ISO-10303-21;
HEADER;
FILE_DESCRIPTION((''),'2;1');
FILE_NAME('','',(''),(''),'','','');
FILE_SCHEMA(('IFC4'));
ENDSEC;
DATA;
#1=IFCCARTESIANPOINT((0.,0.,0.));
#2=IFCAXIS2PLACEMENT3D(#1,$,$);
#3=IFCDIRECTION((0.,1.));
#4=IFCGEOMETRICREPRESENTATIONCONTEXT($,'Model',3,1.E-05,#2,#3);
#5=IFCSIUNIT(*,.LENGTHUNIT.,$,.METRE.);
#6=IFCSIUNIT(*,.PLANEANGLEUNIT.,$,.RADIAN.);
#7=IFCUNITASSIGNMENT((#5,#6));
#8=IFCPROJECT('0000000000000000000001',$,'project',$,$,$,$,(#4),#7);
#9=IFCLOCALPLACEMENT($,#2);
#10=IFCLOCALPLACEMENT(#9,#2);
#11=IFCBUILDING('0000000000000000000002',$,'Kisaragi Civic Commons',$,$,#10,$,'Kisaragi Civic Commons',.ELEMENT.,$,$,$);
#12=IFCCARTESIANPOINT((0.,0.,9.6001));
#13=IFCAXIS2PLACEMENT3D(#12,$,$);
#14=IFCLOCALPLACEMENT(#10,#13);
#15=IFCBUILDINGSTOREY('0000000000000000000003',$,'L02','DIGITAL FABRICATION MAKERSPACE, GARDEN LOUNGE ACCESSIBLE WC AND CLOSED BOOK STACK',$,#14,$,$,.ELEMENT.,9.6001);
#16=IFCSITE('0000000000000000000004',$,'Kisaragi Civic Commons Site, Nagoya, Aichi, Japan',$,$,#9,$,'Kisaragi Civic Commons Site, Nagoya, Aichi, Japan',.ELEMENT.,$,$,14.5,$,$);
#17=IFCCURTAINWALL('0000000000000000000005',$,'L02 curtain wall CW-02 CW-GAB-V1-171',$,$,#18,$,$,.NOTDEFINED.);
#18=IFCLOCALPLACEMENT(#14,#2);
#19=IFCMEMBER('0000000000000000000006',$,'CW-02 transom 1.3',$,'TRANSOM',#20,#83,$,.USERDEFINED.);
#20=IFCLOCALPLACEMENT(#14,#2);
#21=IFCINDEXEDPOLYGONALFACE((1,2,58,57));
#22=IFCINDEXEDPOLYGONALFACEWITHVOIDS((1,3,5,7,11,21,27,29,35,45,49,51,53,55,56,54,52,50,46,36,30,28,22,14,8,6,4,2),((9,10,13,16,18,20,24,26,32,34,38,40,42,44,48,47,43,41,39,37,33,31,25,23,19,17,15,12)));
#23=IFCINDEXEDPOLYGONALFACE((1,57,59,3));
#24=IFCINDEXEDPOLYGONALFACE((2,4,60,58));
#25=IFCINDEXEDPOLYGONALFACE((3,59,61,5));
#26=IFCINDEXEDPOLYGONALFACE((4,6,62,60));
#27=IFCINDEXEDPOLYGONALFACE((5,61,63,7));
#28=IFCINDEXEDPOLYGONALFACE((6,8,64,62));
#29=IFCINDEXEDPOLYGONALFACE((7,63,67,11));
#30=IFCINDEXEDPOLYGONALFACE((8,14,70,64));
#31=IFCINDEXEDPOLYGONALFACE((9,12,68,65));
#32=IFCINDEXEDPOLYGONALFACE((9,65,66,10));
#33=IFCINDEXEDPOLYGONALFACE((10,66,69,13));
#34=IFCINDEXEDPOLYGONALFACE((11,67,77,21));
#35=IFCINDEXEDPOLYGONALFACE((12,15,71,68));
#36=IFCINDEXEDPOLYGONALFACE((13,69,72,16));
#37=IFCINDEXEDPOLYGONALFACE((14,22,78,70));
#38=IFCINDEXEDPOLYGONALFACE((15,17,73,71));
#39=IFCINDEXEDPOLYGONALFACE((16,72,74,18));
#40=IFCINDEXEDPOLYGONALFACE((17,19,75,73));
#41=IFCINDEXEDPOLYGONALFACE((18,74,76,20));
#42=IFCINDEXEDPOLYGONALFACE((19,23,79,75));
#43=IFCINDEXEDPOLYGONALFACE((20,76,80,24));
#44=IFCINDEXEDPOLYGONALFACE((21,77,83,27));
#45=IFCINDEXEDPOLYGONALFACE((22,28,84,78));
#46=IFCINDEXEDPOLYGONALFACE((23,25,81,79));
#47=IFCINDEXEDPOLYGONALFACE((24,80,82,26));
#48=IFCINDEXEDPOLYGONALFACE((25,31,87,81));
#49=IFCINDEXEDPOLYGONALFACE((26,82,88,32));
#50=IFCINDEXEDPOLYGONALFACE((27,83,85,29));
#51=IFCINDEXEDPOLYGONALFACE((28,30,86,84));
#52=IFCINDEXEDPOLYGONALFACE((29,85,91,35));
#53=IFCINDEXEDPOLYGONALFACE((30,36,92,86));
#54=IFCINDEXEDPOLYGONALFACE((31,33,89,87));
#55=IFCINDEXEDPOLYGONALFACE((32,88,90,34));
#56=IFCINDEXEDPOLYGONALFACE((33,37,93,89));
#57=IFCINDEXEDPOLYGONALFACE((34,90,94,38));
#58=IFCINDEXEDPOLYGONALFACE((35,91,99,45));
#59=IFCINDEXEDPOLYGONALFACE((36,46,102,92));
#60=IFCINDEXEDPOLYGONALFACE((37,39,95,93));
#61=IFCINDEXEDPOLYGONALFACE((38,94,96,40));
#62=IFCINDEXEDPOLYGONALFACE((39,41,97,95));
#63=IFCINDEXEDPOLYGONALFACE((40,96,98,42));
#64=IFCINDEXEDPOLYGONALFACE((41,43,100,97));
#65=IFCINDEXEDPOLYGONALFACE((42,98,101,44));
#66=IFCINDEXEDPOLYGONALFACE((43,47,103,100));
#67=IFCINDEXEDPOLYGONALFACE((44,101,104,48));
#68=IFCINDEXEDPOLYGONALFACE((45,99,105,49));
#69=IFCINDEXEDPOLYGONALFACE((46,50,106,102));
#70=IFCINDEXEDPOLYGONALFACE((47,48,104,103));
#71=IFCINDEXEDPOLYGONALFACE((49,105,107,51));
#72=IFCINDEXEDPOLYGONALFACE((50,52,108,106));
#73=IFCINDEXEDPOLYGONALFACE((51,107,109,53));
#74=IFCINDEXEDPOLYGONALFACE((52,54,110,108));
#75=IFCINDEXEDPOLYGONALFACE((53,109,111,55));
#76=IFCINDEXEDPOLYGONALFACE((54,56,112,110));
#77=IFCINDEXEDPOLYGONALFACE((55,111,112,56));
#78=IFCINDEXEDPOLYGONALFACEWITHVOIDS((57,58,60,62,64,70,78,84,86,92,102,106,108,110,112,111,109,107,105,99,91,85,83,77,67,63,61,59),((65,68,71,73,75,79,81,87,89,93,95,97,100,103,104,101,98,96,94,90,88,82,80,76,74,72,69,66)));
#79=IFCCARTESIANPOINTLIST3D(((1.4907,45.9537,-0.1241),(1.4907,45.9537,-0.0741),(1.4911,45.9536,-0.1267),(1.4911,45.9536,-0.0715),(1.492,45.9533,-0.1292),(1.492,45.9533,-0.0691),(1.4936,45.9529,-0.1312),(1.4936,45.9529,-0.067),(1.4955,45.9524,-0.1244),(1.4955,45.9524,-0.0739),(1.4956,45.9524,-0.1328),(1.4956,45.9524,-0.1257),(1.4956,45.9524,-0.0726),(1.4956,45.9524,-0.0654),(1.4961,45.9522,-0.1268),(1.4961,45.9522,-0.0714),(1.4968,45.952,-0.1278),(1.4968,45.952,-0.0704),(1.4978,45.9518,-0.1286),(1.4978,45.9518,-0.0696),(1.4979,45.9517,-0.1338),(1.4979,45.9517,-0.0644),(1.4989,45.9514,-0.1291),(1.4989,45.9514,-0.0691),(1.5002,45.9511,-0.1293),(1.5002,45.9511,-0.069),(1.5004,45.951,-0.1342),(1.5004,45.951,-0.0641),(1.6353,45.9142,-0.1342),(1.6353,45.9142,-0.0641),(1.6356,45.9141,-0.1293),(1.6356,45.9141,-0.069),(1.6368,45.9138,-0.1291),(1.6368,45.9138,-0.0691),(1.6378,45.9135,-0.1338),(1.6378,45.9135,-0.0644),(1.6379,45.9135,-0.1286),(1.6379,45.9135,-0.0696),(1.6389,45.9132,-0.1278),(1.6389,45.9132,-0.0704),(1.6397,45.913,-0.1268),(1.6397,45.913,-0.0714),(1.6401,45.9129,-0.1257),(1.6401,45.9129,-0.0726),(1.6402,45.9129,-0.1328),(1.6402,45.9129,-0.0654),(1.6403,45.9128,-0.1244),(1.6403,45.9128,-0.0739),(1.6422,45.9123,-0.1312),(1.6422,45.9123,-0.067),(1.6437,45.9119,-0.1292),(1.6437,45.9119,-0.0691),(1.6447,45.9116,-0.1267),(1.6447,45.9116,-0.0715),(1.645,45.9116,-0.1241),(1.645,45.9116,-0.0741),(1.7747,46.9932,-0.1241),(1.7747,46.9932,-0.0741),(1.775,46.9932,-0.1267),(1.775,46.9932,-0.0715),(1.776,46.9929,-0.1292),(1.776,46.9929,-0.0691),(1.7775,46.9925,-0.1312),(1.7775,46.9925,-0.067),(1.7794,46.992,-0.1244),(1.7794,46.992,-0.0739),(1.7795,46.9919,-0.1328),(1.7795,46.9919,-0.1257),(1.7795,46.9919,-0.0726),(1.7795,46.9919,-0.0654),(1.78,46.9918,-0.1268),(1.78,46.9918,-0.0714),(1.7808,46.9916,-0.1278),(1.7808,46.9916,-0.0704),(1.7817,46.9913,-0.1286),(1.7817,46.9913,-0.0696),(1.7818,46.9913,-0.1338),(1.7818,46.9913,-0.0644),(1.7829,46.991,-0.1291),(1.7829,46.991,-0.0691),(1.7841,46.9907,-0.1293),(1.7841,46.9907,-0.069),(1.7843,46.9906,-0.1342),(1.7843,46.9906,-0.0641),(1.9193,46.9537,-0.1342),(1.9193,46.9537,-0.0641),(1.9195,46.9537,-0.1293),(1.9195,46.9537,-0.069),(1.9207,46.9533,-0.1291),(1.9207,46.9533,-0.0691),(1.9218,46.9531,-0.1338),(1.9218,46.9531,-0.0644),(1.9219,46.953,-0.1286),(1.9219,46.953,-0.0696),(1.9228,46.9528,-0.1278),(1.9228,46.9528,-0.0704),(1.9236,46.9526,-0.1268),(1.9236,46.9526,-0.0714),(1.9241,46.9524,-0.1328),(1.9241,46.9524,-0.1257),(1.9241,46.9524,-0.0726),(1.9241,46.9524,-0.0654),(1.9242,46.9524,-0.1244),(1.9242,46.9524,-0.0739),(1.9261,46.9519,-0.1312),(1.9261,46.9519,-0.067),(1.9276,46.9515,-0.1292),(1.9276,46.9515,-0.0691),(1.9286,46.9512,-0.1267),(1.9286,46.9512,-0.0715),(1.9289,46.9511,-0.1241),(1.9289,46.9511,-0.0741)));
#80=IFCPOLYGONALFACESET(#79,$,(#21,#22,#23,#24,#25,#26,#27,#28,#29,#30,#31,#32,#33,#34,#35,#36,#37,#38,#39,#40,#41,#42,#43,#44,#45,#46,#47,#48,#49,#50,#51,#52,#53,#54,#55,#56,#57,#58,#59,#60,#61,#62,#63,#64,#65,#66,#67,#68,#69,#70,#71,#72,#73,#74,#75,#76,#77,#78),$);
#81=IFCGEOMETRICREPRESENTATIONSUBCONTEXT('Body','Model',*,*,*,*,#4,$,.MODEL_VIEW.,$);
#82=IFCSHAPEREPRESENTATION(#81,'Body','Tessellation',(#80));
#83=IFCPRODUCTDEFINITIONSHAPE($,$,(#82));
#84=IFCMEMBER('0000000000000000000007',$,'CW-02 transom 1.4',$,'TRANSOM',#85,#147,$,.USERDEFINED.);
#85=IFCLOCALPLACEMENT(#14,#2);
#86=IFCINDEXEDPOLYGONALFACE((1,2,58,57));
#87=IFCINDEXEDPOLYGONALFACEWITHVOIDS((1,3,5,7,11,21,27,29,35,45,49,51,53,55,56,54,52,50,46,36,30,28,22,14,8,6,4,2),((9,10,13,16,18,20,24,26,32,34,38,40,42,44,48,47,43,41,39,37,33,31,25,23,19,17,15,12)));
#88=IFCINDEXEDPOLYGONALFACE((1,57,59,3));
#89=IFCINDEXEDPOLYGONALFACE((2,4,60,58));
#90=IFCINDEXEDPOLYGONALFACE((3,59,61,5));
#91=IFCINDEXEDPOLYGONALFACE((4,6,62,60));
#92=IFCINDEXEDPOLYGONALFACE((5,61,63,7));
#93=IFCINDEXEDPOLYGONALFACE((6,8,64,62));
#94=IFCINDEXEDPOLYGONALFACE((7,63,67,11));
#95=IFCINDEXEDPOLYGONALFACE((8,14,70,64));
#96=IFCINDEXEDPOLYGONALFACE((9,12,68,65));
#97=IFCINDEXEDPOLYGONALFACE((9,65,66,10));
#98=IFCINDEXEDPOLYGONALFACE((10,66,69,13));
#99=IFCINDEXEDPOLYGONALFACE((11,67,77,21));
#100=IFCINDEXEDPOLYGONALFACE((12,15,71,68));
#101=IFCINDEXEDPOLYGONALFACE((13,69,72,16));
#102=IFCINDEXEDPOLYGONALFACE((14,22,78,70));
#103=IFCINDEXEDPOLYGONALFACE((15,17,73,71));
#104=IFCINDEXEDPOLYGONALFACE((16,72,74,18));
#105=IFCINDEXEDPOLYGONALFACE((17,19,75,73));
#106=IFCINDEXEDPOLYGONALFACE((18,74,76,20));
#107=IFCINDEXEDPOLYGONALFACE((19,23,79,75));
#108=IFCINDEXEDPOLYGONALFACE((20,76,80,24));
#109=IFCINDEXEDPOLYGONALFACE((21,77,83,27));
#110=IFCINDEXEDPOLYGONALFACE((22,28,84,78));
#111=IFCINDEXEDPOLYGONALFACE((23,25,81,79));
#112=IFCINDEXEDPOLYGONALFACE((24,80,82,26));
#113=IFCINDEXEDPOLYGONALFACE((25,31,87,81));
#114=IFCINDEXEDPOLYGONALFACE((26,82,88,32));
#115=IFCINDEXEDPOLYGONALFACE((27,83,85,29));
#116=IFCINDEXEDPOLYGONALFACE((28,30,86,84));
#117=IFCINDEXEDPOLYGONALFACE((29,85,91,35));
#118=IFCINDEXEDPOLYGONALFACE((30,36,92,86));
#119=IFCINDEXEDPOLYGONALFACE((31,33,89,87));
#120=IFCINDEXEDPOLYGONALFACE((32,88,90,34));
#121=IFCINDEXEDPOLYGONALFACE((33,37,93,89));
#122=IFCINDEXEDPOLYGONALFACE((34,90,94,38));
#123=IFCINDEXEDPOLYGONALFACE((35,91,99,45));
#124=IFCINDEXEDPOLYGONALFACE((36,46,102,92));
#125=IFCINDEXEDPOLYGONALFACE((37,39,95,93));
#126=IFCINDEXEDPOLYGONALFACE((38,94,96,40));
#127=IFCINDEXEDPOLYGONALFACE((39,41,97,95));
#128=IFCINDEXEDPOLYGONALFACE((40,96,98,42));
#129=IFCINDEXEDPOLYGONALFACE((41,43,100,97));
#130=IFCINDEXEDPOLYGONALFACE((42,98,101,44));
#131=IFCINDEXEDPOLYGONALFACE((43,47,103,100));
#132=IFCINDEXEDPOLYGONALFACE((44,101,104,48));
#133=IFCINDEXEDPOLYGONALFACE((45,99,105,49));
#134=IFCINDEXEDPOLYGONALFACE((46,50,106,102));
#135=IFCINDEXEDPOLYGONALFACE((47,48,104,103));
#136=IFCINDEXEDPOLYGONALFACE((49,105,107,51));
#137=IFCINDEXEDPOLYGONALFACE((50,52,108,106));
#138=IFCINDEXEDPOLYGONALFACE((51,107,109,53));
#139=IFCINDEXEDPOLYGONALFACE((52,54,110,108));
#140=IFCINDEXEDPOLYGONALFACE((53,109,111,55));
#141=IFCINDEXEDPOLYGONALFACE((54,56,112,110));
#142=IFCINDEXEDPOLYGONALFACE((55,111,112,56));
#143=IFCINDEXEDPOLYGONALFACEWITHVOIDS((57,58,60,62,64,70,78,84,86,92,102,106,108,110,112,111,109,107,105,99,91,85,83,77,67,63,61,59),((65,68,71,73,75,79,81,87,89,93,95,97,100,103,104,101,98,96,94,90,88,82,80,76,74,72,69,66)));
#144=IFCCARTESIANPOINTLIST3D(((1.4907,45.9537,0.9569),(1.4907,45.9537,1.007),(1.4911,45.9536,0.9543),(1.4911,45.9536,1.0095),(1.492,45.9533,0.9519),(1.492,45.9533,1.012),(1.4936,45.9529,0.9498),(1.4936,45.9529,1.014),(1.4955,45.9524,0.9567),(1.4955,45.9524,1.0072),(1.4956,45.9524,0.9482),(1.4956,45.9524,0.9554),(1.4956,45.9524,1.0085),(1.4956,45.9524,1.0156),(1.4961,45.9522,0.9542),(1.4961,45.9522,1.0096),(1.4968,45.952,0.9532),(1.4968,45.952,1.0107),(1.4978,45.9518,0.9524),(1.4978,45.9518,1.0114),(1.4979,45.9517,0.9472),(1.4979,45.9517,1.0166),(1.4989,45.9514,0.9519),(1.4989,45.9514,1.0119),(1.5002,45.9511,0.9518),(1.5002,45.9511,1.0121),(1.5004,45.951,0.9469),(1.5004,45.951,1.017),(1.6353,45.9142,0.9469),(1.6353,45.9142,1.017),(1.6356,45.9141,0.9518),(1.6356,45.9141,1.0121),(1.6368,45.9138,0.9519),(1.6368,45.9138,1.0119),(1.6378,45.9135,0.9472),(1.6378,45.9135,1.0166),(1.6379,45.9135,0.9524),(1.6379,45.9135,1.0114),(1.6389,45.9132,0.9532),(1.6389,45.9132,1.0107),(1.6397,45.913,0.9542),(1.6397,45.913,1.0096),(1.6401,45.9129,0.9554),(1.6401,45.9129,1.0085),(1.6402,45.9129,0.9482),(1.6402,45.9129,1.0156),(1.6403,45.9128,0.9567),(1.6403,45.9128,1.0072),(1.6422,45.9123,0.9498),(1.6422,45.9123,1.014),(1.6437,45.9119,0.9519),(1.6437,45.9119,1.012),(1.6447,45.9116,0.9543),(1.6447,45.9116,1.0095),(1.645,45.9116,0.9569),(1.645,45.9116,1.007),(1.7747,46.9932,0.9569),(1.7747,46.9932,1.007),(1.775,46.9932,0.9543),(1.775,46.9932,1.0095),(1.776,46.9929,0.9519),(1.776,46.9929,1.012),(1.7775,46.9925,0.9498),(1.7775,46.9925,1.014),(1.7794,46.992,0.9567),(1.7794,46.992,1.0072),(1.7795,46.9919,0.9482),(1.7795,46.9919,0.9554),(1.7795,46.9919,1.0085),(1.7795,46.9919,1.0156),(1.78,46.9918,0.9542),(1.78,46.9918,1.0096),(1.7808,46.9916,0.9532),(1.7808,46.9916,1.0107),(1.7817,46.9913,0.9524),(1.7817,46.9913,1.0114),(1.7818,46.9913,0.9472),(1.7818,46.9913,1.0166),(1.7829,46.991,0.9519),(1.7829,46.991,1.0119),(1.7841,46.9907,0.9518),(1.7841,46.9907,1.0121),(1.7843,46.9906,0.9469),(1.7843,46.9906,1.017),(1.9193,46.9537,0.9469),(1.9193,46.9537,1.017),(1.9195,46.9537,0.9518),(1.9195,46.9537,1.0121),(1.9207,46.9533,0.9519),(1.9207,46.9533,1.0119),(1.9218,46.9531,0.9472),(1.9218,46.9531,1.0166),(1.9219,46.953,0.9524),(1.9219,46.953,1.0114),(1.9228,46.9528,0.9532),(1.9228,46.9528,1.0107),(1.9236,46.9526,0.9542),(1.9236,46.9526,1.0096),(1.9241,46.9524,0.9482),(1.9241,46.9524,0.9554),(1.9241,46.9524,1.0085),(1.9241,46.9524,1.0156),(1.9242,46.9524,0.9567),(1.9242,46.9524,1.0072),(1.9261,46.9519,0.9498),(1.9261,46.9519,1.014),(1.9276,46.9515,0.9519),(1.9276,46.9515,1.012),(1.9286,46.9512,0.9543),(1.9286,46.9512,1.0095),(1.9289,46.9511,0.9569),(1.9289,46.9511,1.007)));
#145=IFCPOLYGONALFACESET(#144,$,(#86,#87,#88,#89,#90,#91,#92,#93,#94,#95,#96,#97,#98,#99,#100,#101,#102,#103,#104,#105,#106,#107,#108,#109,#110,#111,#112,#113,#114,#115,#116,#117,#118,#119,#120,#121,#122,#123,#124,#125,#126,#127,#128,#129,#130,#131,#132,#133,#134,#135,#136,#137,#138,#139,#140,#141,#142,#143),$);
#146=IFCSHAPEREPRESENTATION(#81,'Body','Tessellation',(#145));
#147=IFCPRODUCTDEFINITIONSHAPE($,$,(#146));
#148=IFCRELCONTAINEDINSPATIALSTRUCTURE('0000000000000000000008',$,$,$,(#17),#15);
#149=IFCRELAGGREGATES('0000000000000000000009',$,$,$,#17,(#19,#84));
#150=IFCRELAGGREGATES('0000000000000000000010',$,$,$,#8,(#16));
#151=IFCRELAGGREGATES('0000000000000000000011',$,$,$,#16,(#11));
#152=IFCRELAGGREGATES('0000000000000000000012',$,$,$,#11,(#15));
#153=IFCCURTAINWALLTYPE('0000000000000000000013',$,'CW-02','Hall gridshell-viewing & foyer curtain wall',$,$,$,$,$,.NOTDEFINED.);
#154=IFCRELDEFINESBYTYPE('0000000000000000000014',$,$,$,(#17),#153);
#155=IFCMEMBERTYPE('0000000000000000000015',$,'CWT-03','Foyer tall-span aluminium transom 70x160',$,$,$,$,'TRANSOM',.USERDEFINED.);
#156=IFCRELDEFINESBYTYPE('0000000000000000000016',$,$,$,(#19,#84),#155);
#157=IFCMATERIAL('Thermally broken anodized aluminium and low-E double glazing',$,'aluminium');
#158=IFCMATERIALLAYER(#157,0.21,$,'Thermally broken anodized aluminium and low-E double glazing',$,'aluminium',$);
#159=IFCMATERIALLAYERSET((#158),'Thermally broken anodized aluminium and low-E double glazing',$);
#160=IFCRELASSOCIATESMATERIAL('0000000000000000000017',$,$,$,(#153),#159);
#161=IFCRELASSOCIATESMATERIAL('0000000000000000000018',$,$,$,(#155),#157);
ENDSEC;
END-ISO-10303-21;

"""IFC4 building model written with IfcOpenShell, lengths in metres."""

from ifc_helpers import new_model, si_unit, direction, frame, origin, origin_2d, place, context, subcontext, project, spatial, hollow_rectangle, extrude, material, layer, layer_set, material_profile, profile_set, type_object, element, aggregate, save


model = new_model("IFC4")

# Units and contexts
model_context = context("Model", 3, precision=1e-05, world=origin(), true_north=direction((0.0, 1.0)))
body_context = subcontext(model_context, "Body", "Model", "MODEL_VIEW")
ifc_project = project(units=[si_unit("LENGTHUNIT", "METRE"), si_unit("PLANEANGLEUNIT", "RADIAN")], contexts=[model_context])

# Site, building, storey
site_placement = place(None, origin())
site = spatial("IfcSite", under=ifc_project, at=site_placement, Name="Kisaragi Civic Commons Site, Nagoya, Aichi, Japan", LongName="Kisaragi Civic Commons Site, Nagoya, Aichi, Japan", CompositionType="ELEMENT", RefElevation=14.5)
building_placement = place(site_placement, origin())
building = spatial("IfcBuilding", under=site, at=building_placement, Name="Kisaragi Civic Commons", LongName="Kisaragi Civic Commons", CompositionType="ELEMENT")
storey_placement = place(building_placement, frame((0.0, 0.0, 9.6001)))
storey = spatial("IfcBuildingStorey", under=building, at=storey_placement, Name="L02", Description="DIGITAL FABRICATION MAKERSPACE, GARDEN LOUNGE ACCESSIBLE WC AND CLOSED BOOK STACK", CompositionType="ELEMENT", Elevation=9.6001)

# Curtain wall
ifc_material_1 = material(Name="Thermally broken anodized aluminium and low-E double glazing", Category="aluminium")
ifc_layer_1 = layer(ifc_material_1, 0.21, Name="Thermally broken anodized aluminium and low-E double glazing", Category="aluminium")
ifc_layer_set_1 = layer_set([ifc_layer_1], Name="Thermally broken anodized aluminium and low-E double glazing")
curtain_wall_type = type_object("IfcCurtainWallType", Name="CW-02", Description="Hall gridshell-viewing & foyer curtain wall", PredefinedType="NOTDEFINED", material=ifc_layer_set_1)
curtain_wall_1_placement = place(storey_placement, origin())
curtain_wall_1 = element("IfcCurtainWall", 1, at=curtain_wall_1_placement, inside=storey, type_object=curtain_wall_type, Name="L02 curtain wall CW-02 CW-GAB-V1-171", PredefinedType="NOTDEFINED")

# Members
ifc_material_profile_1 = material_profile(ifc_material_1, hollow_rectangle(XDim=0.1599, YDim=0.0701, WallThickness=0.0049, InnerFilletRadius=0.0049, OuterFilletRadius=0.01, at=origin_2d()), Name="CWT-70x160x5", Category="aluminium")
ifc_profile_set_1 = profile_set([ifc_material_profile_1], Name="Thermally broken anodized aluminium and low-E double glazing")
member_type_1 = type_object("IfcMemberType", Name="CWT-03", Description="Foyer tall-span aluminium transom 70x160", ElementType="TRANSOM", PredefinedType="USERDEFINED", material=ifc_profile_set_1)
member_1_placement = place(storey_placement, frame((1.5679, 45.9326, -0.0991), z_axis=(0.263482, 0.964664, 0.0), x_axis=(-0.964664, 0.263482, 0.0)))
member_1 = element("IfcMember", 2, at=member_1_placement, type_object=member_type_1, Name="CW-02 transom 1.3", ObjectType="TRANSOM", PredefinedType="USERDEFINED", context=body_context, shape_type="SweptSolid", body=[
    extrude(hollow_rectangle(XDim=0.1599, YDim=0.0701, WallThickness=0.0049, InnerFilletRadius=0.0049, OuterFilletRadius=0.01, at=origin_2d()), origin(), (0.0, 0.0, 1.0), 1.0776),
])
member_2_placement = place(storey_placement, frame((1.5679, 45.9326, 0.9819), z_axis=(0.263482, 0.964664, 0.0), x_axis=(-0.964664, 0.263482, 0.0)))
member_2 = element("IfcMember", 3, at=member_2_placement, type_object=member_type_1, Name="CW-02 transom 1.4", ObjectType="TRANSOM", PredefinedType="USERDEFINED", context=body_context, shape_type="SweptSolid", body=[
    extrude(hollow_rectangle(XDim=0.1599, YDim=0.0701, WallThickness=0.0049, InnerFilletRadius=0.0049, OuterFilletRadius=0.01, at=origin_2d()), origin(), (0.0, 0.0, 1.0), 1.0776),
])

aggregate(curtain_wall_1, [member_1, member_2])

save(model, "model.ifc")
